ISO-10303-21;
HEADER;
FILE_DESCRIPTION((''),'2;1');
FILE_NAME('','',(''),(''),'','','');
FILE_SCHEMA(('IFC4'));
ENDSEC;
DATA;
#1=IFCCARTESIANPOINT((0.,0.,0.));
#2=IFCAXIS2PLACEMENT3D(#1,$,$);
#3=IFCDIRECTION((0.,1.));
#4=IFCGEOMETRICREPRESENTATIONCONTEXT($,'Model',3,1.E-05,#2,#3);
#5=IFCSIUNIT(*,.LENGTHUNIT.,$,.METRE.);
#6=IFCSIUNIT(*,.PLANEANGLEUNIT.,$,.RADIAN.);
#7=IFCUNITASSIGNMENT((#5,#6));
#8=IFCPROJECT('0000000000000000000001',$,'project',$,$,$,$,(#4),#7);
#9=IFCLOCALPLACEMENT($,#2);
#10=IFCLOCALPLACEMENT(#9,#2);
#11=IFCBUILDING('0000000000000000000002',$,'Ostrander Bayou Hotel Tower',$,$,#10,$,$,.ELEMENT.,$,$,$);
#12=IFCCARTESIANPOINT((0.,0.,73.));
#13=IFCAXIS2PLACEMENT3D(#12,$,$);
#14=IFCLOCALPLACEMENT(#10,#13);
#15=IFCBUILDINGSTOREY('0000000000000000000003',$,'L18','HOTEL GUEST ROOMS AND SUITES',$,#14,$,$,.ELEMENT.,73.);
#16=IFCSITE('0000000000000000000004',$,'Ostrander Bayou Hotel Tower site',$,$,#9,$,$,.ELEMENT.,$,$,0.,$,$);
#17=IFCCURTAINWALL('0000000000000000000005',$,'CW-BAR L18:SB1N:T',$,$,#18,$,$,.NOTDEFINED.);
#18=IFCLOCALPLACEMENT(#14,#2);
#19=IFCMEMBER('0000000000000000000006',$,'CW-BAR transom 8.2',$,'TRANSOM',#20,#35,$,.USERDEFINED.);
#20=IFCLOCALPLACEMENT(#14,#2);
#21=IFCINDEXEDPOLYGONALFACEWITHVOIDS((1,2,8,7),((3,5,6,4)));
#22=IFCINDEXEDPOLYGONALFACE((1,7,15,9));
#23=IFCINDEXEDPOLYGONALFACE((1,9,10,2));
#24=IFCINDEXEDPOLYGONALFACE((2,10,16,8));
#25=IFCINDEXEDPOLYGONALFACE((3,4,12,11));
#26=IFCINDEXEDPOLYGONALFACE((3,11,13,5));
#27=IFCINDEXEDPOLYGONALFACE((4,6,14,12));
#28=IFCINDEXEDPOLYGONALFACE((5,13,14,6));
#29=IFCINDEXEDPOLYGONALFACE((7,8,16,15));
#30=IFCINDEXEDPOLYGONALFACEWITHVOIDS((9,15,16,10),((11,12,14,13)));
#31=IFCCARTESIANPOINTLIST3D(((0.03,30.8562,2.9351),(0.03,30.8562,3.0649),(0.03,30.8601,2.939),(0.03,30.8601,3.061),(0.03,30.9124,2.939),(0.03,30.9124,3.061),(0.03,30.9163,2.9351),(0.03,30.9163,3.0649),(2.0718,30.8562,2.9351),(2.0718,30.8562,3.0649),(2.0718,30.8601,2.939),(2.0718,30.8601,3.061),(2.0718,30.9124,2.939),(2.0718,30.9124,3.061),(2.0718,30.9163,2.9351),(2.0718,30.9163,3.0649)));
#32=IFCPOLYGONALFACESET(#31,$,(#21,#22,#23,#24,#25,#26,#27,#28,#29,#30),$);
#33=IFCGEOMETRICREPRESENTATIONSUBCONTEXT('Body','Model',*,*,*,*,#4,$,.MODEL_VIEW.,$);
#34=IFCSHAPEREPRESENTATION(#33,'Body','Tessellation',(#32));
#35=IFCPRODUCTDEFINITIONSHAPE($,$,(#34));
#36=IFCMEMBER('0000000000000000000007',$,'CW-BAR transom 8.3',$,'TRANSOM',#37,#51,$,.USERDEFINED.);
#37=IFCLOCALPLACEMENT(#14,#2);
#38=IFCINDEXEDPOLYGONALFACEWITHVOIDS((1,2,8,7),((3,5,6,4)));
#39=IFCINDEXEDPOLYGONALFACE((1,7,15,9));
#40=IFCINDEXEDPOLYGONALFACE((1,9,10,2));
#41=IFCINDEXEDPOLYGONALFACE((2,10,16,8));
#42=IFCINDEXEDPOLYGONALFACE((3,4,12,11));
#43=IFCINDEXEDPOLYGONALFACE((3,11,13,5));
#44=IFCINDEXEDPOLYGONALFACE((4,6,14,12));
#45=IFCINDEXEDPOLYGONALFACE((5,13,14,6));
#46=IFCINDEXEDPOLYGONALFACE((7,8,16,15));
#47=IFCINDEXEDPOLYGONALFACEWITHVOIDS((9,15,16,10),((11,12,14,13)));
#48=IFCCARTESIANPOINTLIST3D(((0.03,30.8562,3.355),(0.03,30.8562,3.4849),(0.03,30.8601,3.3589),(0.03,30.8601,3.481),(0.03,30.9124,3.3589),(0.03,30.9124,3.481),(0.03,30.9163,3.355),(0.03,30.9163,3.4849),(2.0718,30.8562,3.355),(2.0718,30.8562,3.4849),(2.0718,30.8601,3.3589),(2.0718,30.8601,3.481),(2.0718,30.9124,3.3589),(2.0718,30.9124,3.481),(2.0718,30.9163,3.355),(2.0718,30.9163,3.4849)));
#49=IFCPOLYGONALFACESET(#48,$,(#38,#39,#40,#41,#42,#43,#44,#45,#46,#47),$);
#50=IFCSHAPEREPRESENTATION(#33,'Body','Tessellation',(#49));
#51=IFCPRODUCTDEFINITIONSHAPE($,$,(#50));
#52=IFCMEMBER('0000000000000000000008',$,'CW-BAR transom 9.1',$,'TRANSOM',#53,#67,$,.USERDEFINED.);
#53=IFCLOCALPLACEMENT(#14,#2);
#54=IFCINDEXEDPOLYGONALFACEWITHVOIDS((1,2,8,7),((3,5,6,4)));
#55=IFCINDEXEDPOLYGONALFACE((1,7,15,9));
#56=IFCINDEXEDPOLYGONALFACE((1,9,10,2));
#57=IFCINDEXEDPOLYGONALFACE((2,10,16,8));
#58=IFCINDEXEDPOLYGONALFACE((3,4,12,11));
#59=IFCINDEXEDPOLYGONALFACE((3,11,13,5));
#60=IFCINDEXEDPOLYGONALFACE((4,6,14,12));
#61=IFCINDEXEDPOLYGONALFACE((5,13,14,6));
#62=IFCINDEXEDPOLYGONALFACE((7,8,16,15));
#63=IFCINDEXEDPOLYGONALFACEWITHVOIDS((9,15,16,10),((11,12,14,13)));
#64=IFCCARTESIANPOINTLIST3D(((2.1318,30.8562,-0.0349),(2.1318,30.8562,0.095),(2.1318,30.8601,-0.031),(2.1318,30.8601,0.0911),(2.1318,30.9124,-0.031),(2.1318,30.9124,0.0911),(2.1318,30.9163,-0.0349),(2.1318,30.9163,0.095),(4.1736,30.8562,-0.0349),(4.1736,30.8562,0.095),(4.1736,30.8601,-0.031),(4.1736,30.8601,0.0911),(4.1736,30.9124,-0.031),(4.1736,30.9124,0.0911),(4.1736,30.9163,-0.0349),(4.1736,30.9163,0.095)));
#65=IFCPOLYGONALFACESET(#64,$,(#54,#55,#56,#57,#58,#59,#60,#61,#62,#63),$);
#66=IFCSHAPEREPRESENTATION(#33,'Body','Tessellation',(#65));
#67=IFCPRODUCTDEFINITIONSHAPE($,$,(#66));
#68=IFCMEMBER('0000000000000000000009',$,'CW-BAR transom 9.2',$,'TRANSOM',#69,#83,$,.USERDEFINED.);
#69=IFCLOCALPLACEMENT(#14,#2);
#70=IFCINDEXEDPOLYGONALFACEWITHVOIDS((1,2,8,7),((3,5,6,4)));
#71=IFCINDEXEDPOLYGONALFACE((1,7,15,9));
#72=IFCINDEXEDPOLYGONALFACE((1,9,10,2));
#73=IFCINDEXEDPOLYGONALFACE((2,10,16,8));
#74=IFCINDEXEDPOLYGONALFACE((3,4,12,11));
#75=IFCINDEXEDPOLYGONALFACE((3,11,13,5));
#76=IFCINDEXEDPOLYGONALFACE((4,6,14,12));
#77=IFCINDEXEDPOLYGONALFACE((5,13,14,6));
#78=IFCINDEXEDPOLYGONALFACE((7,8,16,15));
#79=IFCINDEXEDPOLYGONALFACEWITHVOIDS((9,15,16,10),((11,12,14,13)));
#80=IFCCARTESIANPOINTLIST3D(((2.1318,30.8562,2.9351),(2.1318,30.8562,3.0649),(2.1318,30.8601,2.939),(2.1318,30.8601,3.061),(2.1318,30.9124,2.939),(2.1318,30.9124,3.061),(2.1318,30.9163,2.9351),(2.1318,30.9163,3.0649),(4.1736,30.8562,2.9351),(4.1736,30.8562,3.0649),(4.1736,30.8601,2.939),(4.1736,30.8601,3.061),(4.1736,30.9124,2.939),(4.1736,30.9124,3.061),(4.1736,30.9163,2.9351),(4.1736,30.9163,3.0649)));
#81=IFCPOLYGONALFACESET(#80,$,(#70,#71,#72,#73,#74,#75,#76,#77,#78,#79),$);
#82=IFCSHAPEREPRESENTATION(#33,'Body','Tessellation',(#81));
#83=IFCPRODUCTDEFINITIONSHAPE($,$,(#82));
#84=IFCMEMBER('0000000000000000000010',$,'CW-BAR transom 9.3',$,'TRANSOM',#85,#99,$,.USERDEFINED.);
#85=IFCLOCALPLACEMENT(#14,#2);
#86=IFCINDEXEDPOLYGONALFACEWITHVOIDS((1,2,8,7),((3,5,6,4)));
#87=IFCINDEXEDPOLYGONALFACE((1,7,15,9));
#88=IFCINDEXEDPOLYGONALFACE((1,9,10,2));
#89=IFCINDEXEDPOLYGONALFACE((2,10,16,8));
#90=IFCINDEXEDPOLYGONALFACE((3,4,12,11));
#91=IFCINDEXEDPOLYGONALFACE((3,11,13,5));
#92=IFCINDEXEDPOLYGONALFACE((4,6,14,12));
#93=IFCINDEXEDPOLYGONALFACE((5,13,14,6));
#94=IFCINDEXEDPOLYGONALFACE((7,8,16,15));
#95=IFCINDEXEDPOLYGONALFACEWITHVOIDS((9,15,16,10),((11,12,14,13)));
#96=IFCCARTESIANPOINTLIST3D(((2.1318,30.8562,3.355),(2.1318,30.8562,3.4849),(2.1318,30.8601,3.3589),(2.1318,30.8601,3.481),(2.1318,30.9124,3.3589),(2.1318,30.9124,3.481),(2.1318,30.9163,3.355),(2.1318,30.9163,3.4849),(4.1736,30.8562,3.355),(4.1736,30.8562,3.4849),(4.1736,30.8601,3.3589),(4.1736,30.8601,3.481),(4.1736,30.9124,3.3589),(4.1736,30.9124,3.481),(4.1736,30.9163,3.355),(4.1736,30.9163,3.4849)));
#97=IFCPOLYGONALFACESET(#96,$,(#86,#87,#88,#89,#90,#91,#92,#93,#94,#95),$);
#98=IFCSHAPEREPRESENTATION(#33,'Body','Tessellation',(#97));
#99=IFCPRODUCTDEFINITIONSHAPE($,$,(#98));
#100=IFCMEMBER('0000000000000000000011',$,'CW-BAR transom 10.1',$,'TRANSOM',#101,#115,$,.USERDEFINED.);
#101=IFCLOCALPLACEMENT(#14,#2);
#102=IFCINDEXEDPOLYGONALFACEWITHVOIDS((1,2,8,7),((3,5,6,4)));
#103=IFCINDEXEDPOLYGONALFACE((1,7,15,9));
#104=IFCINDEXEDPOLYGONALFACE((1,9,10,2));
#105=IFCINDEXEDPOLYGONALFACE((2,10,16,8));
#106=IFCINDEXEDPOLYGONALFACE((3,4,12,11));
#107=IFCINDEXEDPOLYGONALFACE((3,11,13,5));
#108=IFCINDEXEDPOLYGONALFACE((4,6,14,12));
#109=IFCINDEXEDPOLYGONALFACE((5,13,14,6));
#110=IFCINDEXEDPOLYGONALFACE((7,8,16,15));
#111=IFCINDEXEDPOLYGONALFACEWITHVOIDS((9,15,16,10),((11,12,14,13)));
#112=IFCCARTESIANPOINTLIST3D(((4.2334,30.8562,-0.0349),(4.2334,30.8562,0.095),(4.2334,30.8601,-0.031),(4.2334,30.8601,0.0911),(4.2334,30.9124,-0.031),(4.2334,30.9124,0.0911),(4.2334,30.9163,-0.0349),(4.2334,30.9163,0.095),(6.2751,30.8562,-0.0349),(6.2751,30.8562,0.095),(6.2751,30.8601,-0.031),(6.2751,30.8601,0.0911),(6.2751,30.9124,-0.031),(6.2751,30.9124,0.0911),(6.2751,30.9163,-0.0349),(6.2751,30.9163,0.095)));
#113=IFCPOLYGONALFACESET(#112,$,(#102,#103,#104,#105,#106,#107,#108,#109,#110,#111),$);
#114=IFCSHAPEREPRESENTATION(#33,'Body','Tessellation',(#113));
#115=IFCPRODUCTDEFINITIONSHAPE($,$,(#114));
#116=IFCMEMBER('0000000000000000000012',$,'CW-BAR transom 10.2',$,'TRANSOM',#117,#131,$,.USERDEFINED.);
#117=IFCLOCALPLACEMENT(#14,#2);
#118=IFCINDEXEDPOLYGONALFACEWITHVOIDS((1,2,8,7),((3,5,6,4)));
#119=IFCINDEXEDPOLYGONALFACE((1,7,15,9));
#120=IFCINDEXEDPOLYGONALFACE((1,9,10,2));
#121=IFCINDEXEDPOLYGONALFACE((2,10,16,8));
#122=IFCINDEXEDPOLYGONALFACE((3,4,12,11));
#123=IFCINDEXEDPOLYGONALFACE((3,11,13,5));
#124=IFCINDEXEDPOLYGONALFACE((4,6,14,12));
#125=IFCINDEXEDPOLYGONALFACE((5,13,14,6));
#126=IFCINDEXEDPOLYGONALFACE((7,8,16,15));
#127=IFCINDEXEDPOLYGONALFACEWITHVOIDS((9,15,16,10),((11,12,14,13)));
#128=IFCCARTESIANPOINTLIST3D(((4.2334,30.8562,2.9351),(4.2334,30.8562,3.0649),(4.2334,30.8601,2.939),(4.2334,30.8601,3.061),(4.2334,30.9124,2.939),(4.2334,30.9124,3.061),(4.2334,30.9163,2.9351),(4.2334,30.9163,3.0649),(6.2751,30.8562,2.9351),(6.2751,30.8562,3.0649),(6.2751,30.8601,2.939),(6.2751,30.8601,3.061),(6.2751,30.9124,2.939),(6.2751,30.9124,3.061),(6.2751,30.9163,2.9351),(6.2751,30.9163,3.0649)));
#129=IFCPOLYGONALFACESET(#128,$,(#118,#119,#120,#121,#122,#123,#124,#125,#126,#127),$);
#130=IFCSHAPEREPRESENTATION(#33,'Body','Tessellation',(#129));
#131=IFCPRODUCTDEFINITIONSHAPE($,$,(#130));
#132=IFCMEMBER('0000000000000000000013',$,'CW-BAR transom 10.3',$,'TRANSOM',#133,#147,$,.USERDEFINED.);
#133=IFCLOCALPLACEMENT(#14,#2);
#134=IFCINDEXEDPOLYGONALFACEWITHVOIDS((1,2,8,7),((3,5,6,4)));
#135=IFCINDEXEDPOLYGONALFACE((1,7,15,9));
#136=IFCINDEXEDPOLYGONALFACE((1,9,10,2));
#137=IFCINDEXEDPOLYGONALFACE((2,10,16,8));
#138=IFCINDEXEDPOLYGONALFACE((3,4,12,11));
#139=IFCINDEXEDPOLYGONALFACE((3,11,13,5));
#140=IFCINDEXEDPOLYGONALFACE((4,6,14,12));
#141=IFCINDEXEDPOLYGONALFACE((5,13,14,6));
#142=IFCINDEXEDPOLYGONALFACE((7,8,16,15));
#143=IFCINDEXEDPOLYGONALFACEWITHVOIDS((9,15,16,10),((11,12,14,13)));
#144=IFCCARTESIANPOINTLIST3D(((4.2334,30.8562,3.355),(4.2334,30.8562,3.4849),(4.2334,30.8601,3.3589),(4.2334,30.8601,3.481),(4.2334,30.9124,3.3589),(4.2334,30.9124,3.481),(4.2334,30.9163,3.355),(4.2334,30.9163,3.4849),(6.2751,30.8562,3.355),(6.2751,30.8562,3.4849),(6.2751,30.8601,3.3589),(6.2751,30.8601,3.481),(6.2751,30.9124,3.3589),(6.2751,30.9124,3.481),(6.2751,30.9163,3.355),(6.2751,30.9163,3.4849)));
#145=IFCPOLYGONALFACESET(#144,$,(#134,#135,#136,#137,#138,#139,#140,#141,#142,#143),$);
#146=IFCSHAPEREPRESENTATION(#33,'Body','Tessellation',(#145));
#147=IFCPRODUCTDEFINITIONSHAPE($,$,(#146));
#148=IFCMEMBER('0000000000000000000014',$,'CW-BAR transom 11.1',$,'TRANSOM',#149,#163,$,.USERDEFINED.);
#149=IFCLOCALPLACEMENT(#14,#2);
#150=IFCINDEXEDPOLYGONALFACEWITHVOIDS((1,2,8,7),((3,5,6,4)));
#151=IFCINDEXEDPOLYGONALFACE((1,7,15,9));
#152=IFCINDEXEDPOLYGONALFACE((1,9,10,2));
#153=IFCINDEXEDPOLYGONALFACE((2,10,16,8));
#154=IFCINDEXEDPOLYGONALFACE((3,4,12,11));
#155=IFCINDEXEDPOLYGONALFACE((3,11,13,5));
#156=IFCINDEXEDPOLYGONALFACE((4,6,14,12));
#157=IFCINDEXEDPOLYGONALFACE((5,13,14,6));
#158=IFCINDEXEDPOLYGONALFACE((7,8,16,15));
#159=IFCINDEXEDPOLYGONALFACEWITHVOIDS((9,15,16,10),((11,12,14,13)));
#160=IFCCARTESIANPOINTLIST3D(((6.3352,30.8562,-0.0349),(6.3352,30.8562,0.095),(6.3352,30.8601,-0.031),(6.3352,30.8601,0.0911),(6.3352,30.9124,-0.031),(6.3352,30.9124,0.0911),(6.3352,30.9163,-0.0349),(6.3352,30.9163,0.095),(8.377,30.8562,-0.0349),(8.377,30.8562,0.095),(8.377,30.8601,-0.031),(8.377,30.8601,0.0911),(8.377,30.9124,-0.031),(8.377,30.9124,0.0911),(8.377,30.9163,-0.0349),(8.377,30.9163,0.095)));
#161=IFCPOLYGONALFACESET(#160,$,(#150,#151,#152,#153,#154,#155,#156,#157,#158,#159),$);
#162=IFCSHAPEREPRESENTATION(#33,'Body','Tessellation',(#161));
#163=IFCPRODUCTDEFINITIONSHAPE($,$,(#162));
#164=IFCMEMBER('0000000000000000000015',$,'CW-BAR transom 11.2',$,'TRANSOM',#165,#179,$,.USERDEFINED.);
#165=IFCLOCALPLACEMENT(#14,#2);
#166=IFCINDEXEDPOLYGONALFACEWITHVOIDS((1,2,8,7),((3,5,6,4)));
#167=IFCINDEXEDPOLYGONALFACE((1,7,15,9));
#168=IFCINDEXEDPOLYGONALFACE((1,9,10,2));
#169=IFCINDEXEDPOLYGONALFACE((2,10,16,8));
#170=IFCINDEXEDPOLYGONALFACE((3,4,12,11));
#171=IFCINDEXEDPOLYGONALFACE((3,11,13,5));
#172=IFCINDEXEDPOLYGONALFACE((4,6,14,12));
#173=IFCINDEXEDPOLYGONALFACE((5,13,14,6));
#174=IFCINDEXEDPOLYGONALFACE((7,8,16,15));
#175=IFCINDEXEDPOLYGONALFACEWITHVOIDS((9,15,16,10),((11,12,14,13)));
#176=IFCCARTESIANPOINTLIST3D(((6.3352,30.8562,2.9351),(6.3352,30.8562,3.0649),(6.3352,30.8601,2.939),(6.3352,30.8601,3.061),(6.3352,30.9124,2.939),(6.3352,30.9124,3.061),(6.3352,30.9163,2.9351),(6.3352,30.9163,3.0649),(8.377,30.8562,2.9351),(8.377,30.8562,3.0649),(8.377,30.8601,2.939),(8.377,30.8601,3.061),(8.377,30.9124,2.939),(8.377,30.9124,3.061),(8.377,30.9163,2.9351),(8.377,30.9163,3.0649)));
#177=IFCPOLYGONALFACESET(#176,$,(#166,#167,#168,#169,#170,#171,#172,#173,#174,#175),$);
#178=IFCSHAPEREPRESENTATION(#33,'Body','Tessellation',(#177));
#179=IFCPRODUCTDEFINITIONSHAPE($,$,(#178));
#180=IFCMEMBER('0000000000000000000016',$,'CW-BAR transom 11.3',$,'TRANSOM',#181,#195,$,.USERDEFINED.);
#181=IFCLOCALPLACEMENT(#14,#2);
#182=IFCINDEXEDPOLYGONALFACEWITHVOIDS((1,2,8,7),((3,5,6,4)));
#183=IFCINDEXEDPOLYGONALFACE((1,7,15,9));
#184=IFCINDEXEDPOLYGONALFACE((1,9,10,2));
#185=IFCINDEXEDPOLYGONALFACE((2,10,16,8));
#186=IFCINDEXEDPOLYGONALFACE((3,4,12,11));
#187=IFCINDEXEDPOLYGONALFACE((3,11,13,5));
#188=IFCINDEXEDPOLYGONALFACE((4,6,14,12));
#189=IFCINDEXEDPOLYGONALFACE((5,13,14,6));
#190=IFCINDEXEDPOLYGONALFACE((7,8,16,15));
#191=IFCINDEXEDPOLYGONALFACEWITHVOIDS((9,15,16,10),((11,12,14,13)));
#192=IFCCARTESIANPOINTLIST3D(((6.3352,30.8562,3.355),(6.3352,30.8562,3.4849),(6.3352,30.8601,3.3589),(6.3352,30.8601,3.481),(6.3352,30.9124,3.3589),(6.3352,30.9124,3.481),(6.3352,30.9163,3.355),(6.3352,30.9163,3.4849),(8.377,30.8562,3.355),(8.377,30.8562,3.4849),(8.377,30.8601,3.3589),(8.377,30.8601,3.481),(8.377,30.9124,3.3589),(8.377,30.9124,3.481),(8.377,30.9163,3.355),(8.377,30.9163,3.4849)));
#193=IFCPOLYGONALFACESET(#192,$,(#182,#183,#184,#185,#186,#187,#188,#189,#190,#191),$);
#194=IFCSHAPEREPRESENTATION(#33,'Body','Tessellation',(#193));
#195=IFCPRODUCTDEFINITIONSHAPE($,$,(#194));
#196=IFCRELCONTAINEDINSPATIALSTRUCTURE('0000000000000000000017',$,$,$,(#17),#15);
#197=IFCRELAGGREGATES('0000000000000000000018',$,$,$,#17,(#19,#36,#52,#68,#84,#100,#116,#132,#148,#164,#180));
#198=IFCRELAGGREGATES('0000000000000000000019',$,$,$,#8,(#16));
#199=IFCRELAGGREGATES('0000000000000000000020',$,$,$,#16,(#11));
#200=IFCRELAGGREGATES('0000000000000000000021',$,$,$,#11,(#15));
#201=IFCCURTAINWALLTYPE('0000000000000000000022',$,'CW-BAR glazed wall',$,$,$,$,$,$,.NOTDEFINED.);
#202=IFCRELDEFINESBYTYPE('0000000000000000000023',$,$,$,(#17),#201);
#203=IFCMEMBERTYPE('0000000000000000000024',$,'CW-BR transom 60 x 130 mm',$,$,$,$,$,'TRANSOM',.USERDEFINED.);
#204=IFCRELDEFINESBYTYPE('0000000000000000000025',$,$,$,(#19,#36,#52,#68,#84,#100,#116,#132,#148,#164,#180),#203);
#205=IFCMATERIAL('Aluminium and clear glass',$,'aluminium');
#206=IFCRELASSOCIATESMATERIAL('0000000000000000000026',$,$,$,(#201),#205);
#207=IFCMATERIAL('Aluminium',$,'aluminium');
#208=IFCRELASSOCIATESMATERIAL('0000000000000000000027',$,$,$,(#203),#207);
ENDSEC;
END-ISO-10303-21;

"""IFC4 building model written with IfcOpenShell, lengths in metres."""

from ifc_helpers import new_model, si_unit, direction, frame, origin, origin_2d, place, context, subcontext, project, spatial, hollow_rectangle, extrude, material, material_profile, profile_set, type_object, element, aggregate, save


model = new_model("IFC4")

# Units and contexts
model_context = context("Model", 3, precision=1e-05, world=origin(), true_north=direction((0.0, 1.0)))
body_context = subcontext(model_context, "Body", "Model", "MODEL_VIEW")
ifc_project = project(units=[si_unit("LENGTHUNIT", "METRE"), si_unit("PLANEANGLEUNIT", "RADIAN")], contexts=[model_context])

# Site, building, storey
site_placement = place(None, origin())
site = spatial("IfcSite", under=ifc_project, at=site_placement, Name="Ostrander Bayou Hotel Tower site", CompositionType="ELEMENT", RefElevation=0.0)
building_placement = place(site_placement, origin())
building = spatial("IfcBuilding", under=site, at=building_placement, Name="Ostrander Bayou Hotel Tower", CompositionType="ELEMENT")
storey_placement = place(building_placement, frame((0.0, 0.0, 73.0)))
storey = spatial("IfcBuildingStorey", under=building, at=storey_placement, Name="L18", Description="HOTEL GUEST ROOMS AND SUITES", CompositionType="ELEMENT", Elevation=73.0)

# Curtain wall, members
ifc_material_1 = material(Name="Aluminium and clear glass", Category="aluminium")
curtain_wall_type = type_object("IfcCurtainWallType", Name="CW-BAR glazed wall", PredefinedType="NOTDEFINED", material=ifc_material_1)
curtain_wall_placement = place(storey_placement, origin())
curtain_wall = element("IfcCurtainWall", 1, at=curtain_wall_placement, inside=storey, type_object=curtain_wall_type, Name="CW-BAR L18:SB1N:T", PredefinedType="NOTDEFINED")
ifc_material_2 = material(Name="Aluminium", Category="aluminium")
ifc_material_profile_1 = material_profile(ifc_material_2, hollow_rectangle(XDim=0.0601, YDim=0.1299, WallThickness=0.0039, at=origin_2d()))
ifc_profile_set_1 = profile_set([ifc_material_profile_1], Name="Aluminium")
member_type_1 = type_object("IfcMemberType", Name="CW-BR transom 60 x 130 mm", ElementType="TRANSOM", PredefinedType="USERDEFINED", material=ifc_profile_set_1)
member_1_placement = place(storey_placement, frame((0.03, 30.8862, 3.0), z_axis=(1.0, 0.0, 0.0), x_axis=(0.0, 1.0, 0.0)))
member_1 = element("IfcMember", 2, at=member_1_placement, type_object=member_type_1, Name="CW-BAR transom 8.2", ObjectType="TRANSOM", PredefinedType="USERDEFINED", context=body_context, shape_type="SweptSolid", body=[
    extrude(hollow_rectangle(XDim=0.0601, YDim=0.1299, WallThickness=0.0039, at=origin_2d()), origin(), (0.0, 0.0, 1.0), 2.0417),
])
member_2_placement = place(storey_placement, frame((0.03, 30.8862, 3.4199), z_axis=(1.0, 0.0, 0.0), x_axis=(0.0, 1.0, 0.0)))
member_2 = element("IfcMember", 3, at=member_2_placement, type_object=member_type_1, Name="CW-BAR transom 8.3", ObjectType="TRANSOM", PredefinedType="USERDEFINED", context=body_context, shape_type="SweptSolid", body=[
    extrude(hollow_rectangle(XDim=0.0601, YDim=0.1299, WallThickness=0.0039, at=origin_2d()), origin(), (0.0, 0.0, 1.0), 2.0417),
])
member_3_placement = place(storey_placement, frame((2.1318, 30.8862, 0.03), z_axis=(1.0, 0.0, 0.0), x_axis=(0.0, 1.0, 0.0)))
member_3 = element("IfcMember", 4, at=member_3_placement, type_object=member_type_1, Name="CW-BAR transom 9.1", ObjectType="TRANSOM", PredefinedType="USERDEFINED", context=body_context, shape_type="SweptSolid", body=[
    extrude(hollow_rectangle(XDim=0.0601, YDim=0.1299, WallThickness=0.0039, at=origin_2d()), origin(), (0.0, 0.0, 1.0), 2.0417),
])
member_4_placement = place(storey_placement, frame((2.1318, 30.8862, 3.0), z_axis=(1.0, 0.0, 0.0), x_axis=(0.0, 1.0, 0.0)))
member_4 = element("IfcMember", 5, at=member_4_placement, type_object=member_type_1, Name="CW-BAR transom 9.2", ObjectType="TRANSOM", PredefinedType="USERDEFINED", context=body_context, shape_type="SweptSolid", body=[
    extrude(hollow_rectangle(XDim=0.0601, YDim=0.1299, WallThickness=0.0039, at=origin_2d()), origin(), (0.0, 0.0, 1.0), 2.0417),
])
member_5_placement = place(storey_placement, frame((2.1318, 30.8862, 3.4199), z_axis=(1.0, 0.0, 0.0), x_axis=(0.0, 1.0, 0.0)))
member_5 = element("IfcMember", 6, at=member_5_placement, type_object=member_type_1, Name="CW-BAR transom 9.3", ObjectType="TRANSOM", PredefinedType="USERDEFINED", context=body_context, shape_type="SweptSolid", body=[
    extrude(hollow_rectangle(XDim=0.0601, YDim=0.1299, WallThickness=0.0039, at=origin_2d()), origin(), (0.0, 0.0, 1.0), 2.0417),
])
member_6_placement = place(storey_placement, frame((4.2334, 30.8862, 0.03), z_axis=(1.0, 0.0, 0.0), x_axis=(0.0, 1.0, 0.0)))
member_6 = element("IfcMember", 7, at=member_6_placement, type_object=member_type_1, Name="CW-BAR transom 10.1", ObjectType="TRANSOM", PredefinedType="USERDEFINED", context=body_context, shape_type="SweptSolid", body=[
    extrude(hollow_rectangle(XDim=0.0601, YDim=0.1299, WallThickness=0.0039, at=origin_2d()), origin(), (0.0, 0.0, 1.0), 2.0417),
])
member_7_placement = place(storey_placement, frame((4.2334, 30.8862, 3.0), z_axis=(1.0, 0.0, 0.0), x_axis=(0.0, 1.0, 0.0)))
member_7 = element("IfcMember", 8, at=member_7_placement, type_object=member_type_1, Name="CW-BAR transom 10.2", ObjectType="TRANSOM", PredefinedType="USERDEFINED", context=body_context, shape_type="SweptSolid", body=[
    extrude(hollow_rectangle(XDim=0.0601, YDim=0.1299, WallThickness=0.0039, at=origin_2d()), origin(), (0.0, 0.0, 1.0), 2.0417),
])
member_8_placement = place(storey_placement, frame((4.2334, 30.8862, 3.4199), z_axis=(1.0, 0.0, 0.0), x_axis=(0.0, 1.0, 0.0)))
member_8 = element("IfcMember", 9, at=member_8_placement, type_object=member_type_1, Name="CW-BAR transom 10.3", ObjectType="TRANSOM", PredefinedType="USERDEFINED", context=body_context, shape_type="SweptSolid", body=[
    extrude(hollow_rectangle(XDim=0.0601, YDim=0.1299, WallThickness=0.0039, at=origin_2d()), origin(), (0.0, 0.0, 1.0), 2.0417),
])
member_9_placement = place(storey_placement, frame((6.3352, 30.8862, 0.03), z_axis=(1.0, 0.0, 0.0), x_axis=(0.0, 1.0, 0.0)))
member_9 = element("IfcMember", 10, at=member_9_placement, type_object=member_type_1, Name="CW-BAR transom 11.1", ObjectType="TRANSOM", PredefinedType="USERDEFINED", context=body_context, shape_type="SweptSolid", body=[
    extrude(hollow_rectangle(XDim=0.0601, YDim=0.1299, WallThickness=0.0039, at=origin_2d()), origin(), (0.0, 0.0, 1.0), 2.0417),
])
member_10_placement = place(storey_placement, frame((6.3352, 30.8862, 3.0), z_axis=(1.0, 0.0, 0.0), x_axis=(0.0, 1.0, 0.0)))
member_10 = element("IfcMember", 11, at=member_10_placement, type_object=member_type_1, Name="CW-BAR transom 11.2", ObjectType="TRANSOM", PredefinedType="USERDEFINED", context=body_context, shape_type="SweptSolid", body=[
    extrude(hollow_rectangle(XDim=0.0601, YDim=0.1299, WallThickness=0.0039, at=origin_2d()), origin(), (0.0, 0.0, 1.0), 2.0417),
])
member_11_placement = place(storey_placement, frame((6.3352, 30.8862, 3.4199), z_axis=(1.0, 0.0, 0.0), x_axis=(0.0, 1.0, 0.0)))
member_11 = element("IfcMember", 12, at=member_11_placement, type_object=member_type_1, Name="CW-BAR transom 11.3", ObjectType="TRANSOM", PredefinedType="USERDEFINED", context=body_context, shape_type="SweptSolid", body=[
    extrude(hollow_rectangle(XDim=0.0601, YDim=0.1299, WallThickness=0.0039, at=origin_2d()), origin(), (0.0, 0.0, 1.0), 2.0417),
])
aggregate(curtain_wall, [member_1, member_2, member_3, member_4, member_5, member_6, member_7, member_8, member_9, member_10, member_11])

save(model, "model.ifc")
